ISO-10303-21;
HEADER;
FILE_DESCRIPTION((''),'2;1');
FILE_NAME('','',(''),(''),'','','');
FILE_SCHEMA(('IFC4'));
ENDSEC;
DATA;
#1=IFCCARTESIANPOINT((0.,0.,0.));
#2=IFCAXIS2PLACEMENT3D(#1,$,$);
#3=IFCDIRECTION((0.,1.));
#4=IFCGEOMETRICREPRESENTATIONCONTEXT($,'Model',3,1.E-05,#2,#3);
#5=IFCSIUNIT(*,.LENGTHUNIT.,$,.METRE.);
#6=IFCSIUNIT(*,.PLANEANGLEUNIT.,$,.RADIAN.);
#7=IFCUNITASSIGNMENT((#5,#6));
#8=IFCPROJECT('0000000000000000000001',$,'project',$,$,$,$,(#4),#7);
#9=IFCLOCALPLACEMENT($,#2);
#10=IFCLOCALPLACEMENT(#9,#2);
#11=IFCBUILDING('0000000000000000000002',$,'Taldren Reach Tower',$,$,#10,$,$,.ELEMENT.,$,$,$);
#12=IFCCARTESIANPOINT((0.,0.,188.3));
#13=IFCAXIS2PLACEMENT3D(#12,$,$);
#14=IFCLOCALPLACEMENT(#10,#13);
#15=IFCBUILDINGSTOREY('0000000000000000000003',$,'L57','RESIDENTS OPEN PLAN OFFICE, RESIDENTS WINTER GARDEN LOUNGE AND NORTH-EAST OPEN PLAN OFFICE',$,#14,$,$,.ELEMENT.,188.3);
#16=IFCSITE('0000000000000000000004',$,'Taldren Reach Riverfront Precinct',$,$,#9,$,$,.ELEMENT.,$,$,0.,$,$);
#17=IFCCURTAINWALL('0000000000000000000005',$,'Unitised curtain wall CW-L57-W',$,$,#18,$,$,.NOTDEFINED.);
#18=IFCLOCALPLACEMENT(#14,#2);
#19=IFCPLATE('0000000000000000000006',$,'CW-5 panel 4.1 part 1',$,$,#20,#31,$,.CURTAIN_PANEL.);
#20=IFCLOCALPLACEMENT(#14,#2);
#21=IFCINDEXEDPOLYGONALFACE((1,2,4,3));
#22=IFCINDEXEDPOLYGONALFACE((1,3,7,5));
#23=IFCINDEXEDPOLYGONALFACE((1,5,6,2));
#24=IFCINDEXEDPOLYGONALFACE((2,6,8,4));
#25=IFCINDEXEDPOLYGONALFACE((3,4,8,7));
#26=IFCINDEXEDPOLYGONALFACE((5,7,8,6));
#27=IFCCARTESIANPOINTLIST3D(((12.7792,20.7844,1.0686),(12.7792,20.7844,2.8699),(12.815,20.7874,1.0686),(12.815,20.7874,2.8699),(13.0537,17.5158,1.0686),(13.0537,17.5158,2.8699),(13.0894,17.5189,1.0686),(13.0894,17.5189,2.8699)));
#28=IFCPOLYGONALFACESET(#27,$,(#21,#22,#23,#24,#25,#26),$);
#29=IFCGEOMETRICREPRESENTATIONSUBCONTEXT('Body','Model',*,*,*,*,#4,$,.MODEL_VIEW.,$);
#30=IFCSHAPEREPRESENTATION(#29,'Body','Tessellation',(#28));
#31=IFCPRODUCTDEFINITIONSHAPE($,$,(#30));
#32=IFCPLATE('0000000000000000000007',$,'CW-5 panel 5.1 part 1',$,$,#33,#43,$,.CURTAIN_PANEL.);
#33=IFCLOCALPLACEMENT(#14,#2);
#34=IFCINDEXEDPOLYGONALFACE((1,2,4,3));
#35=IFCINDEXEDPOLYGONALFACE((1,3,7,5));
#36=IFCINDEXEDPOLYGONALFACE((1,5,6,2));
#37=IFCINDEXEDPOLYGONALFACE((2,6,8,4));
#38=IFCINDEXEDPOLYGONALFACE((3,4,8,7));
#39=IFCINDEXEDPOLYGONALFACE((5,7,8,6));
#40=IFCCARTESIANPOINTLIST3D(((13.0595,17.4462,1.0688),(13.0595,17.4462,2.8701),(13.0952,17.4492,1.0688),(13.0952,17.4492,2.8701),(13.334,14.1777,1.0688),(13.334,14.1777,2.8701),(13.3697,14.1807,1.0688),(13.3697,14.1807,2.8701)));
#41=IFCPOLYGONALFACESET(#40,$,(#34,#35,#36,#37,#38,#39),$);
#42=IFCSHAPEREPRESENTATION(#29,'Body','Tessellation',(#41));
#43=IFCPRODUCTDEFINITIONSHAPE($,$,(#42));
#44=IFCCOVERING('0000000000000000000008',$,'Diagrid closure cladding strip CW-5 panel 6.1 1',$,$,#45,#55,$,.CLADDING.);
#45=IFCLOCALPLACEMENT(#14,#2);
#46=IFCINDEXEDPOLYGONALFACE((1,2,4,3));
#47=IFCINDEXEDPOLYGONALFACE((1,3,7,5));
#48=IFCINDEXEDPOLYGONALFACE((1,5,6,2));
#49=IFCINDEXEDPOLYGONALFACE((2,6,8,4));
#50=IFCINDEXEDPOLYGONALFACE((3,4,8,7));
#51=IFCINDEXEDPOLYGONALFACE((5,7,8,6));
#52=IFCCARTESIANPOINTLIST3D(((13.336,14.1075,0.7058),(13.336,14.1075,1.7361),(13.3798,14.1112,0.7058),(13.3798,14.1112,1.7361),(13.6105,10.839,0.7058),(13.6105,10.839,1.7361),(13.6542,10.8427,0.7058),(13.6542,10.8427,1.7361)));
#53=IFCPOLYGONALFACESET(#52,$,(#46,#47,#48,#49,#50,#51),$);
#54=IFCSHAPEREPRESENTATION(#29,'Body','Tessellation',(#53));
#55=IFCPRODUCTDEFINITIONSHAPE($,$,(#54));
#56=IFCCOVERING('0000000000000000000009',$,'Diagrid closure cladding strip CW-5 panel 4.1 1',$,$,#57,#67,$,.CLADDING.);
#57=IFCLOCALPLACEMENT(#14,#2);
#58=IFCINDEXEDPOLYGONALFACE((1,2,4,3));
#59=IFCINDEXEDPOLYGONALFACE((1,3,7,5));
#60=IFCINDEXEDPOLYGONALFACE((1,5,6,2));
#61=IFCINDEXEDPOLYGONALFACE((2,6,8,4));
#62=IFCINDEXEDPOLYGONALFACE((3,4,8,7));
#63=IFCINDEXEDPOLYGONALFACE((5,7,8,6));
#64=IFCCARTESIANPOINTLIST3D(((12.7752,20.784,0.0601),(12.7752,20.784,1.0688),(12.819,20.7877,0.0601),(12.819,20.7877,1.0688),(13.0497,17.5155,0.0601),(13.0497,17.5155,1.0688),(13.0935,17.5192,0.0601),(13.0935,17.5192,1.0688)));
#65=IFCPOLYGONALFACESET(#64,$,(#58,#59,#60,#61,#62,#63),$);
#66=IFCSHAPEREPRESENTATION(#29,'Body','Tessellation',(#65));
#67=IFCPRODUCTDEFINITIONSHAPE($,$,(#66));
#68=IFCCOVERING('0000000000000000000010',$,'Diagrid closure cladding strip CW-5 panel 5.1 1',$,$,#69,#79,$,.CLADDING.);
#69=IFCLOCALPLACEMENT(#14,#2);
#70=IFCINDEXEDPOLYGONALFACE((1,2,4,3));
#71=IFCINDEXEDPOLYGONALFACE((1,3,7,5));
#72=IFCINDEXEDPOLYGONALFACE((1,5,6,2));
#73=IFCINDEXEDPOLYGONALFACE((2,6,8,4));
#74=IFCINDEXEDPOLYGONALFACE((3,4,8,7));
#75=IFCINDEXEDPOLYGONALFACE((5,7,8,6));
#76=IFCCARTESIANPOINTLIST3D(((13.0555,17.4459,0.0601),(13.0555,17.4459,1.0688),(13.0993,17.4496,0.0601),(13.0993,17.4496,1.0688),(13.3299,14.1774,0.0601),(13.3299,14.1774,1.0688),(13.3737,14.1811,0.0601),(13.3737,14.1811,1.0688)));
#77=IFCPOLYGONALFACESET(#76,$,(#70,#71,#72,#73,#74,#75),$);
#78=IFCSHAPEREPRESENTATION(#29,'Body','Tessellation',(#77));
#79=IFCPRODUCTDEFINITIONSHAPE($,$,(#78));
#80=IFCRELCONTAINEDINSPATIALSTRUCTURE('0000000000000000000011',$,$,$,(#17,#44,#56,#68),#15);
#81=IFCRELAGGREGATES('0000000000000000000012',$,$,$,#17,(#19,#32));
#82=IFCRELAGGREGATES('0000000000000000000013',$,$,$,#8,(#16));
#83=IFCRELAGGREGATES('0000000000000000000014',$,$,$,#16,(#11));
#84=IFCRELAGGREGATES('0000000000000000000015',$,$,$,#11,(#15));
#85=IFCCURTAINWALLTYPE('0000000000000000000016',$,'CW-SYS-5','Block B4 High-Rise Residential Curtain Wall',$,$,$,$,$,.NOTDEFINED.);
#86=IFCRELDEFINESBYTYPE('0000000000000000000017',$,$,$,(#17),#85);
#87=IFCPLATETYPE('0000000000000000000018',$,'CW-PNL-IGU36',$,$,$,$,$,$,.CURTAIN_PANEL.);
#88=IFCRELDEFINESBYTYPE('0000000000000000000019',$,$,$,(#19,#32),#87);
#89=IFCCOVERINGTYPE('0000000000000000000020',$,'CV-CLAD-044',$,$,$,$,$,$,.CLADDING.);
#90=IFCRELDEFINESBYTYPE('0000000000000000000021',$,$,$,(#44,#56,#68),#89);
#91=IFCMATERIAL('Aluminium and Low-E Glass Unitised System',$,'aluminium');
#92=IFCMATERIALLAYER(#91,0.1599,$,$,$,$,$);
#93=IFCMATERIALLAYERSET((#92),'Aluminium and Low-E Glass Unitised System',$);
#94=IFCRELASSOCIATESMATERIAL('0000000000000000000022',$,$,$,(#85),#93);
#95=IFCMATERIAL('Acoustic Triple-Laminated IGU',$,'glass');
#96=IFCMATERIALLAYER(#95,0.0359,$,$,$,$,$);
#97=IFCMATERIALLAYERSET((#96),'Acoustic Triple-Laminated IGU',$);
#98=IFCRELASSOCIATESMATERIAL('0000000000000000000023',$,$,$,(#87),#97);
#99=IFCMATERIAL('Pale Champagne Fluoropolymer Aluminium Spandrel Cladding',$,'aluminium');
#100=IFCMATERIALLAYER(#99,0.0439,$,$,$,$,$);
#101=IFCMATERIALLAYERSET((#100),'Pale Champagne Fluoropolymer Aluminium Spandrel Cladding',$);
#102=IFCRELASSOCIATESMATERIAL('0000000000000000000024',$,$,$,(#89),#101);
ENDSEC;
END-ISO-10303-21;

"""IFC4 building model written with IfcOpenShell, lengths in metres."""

from ifc_helpers import new_model, si_unit, direction, frame, origin, origin_2d, place, context, subcontext, project, spatial, rectangle, extrude, source, transform, mapped, material, layer, layer_set, type_object, element, aggregate, save


model = new_model("IFC4")

# Units and contexts
model_context = context("Model", 3, precision=1e-05, world=origin(), true_north=direction((0.0, 1.0)))
body_context = subcontext(model_context, "Body", "Model", "MODEL_VIEW")
ifc_project = project(units=[si_unit("LENGTHUNIT", "METRE"), si_unit("PLANEANGLEUNIT", "RADIAN")], contexts=[model_context])

# Site, building, storey
site_placement = place(None, origin())
site = spatial("IfcSite", under=ifc_project, at=site_placement, Name="Taldren Reach Riverfront Precinct", CompositionType="ELEMENT", RefElevation=0.0)
building_placement = place(site_placement, origin())
building = spatial("IfcBuilding", under=site, at=building_placement, Name="Taldren Reach Tower", CompositionType="ELEMENT")
storey_placement = place(building_placement, frame((0.0, 0.0, 188.3)))
storey = spatial("IfcBuildingStorey", under=building, at=storey_placement, Name="L57", Description="RESIDENTS OPEN PLAN OFFICE, RESIDENTS WINTER GARDEN LOUNGE AND NORTH-EAST OPEN PLAN OFFICE", CompositionType="ELEMENT", Elevation=188.3)

# Curtain wall
ifc_material_1 = material(Name="Aluminium and Low-E Glass Unitised System", Category="aluminium")
ifc_layer_1 = layer(ifc_material_1, 0.1599)
ifc_layer_set_1 = layer_set([ifc_layer_1], Name="Aluminium and Low-E Glass Unitised System")
curtain_wall_type = type_object("IfcCurtainWallType", Name="CW-SYS-5", Description="Block B4 High-Rise Residential Curtain Wall", PredefinedType="NOTDEFINED", material=ifc_layer_set_1)
curtain_wall_placement = place(storey_placement, origin())
curtain_wall = element("IfcCurtainWall", 1, at=curtain_wall_placement, inside=storey, type_object=curtain_wall_type, Name="Unitised curtain wall CW-L57-W", PredefinedType="NOTDEFINED")

# Plates
ifc_material_2 = material(Name="Acoustic Triple-Laminated IGU", Category="glass")
ifc_layer_2 = layer(ifc_material_2, 0.0359)
ifc_layer_set_2 = layer_set([ifc_layer_2], Name="Acoustic Triple-Laminated IGU")
plate_type_1 = type_object("IfcPlateType", Name="CW-PNL-IGU36", PredefinedType="CURTAIN_PANEL", material=ifc_layer_set_2)
shared_shape_1 = source(origin(), body_context, "Body", "SweptSolid", [
    extrude(rectangle(XDim=3.28, YDim=0.0359, at=origin_2d()), origin(), (0.0, 0.0, 1.0), 1.8013),
])
plate_1_placement = place(storey_placement, frame((12.9343, 19.1516, 1.0686), z_axis=(0.0, 0.0, 1.0), x_axis=(0.083678, -0.996493, 0.0)))
plate_1 = element("IfcPlate", 2, at=plate_1_placement, type_object=plate_type_1, Name="CW-5 panel 4.1 part 1", PredefinedType="CURTAIN_PANEL", context=body_context, shape_type="MappedRepresentation", body=[
    mapped(shared_shape_1, transform((0.0, 0.0, 0.0), scale=1.0)),
])
plate_2_placement = place(storey_placement, frame((13.2146, 15.8135, 1.0688), z_axis=(0.0, 0.0, 1.0), x_axis=(0.083678, -0.996493, 0.0)))
plate_2 = element("IfcPlate", 3, at=plate_2_placement, type_object=plate_type_1, Name="CW-5 panel 5.1 part 1", PredefinedType="CURTAIN_PANEL", context=body_context, shape_type="MappedRepresentation", body=[
    mapped(shared_shape_1, transform((0.0, 0.0, 0.0), scale=1.0)),
])
aggregate(curtain_wall, [plate_1, plate_2])

# Coverings
ifc_material_3 = material(Name="Pale Champagne Fluoropolymer Aluminium Spandrel Cladding", Category="aluminium")
ifc_layer_3 = layer(ifc_material_3, 0.0439)
ifc_layer_set_3 = layer_set([ifc_layer_3], Name="Pale Champagne Fluoropolymer Aluminium Spandrel Cladding")
covering_type = type_object("IfcCoveringType", Name="CV-CLAD-044", PredefinedType="CLADDING", material=ifc_layer_set_3)
shared_shape_2 = source(origin(), body_context, "Body", "SweptSolid", [
    extrude(rectangle(XDim=3.28, YDim=0.0439, at=origin_2d()), origin(), (0.0, 0.0, 1.0), 1.0303),
])
covering_placement = place(storey_placement, frame((13.4951, 12.4751, 0.7058), z_axis=(0.0, 0.0, 1.0), x_axis=(0.083678, -0.996493, 0.0)))
element("IfcCovering", 4, at=covering_placement, inside=storey, type_object=covering_type, Name="Diagrid closure cladding strip CW-5 panel 6.1 1", PredefinedType="CLADDING", context=body_context, shape_type="MappedRepresentation", body=[
    mapped(shared_shape_2, transform((0.0, 0.0, 0.0), scale=1.0)),
])
shared_shape_3 = source(origin(), body_context, "Body", "SweptSolid", [
    extrude(rectangle(XDim=3.28, YDim=0.0439, at=origin_2d()), origin(), (0.0, 0.0, 1.0), 1.0088),
])
for number, where, z_axis, x_axis, name in (
    (5, (12.9343, 19.1516, 0.0601), (0.0, 0.0, 1.0), (0.083678, -0.996493, 0.0), "Diagrid closure cladding strip CW-5 panel 4.1 1"),
    (6, (13.2146, 15.8135, 0.0601), (0.0, 0.0, 1.0), (0.083678, -0.996493, 0.0), "Diagrid closure cladding strip CW-5 panel 5.1 1"),
):
    element("IfcCovering", number, at=place(storey_placement, frame(where, z_axis=z_axis, x_axis=x_axis)), inside=storey, type_object=covering_type, Name=name, PredefinedType="CLADDING", context=body_context, shape_type="MappedRepresentation", body=[
        mapped(shared_shape_3, transform((0.0, 0.0, 0.0), scale=1.0)),
    ])

save(model, "model.ifc")
